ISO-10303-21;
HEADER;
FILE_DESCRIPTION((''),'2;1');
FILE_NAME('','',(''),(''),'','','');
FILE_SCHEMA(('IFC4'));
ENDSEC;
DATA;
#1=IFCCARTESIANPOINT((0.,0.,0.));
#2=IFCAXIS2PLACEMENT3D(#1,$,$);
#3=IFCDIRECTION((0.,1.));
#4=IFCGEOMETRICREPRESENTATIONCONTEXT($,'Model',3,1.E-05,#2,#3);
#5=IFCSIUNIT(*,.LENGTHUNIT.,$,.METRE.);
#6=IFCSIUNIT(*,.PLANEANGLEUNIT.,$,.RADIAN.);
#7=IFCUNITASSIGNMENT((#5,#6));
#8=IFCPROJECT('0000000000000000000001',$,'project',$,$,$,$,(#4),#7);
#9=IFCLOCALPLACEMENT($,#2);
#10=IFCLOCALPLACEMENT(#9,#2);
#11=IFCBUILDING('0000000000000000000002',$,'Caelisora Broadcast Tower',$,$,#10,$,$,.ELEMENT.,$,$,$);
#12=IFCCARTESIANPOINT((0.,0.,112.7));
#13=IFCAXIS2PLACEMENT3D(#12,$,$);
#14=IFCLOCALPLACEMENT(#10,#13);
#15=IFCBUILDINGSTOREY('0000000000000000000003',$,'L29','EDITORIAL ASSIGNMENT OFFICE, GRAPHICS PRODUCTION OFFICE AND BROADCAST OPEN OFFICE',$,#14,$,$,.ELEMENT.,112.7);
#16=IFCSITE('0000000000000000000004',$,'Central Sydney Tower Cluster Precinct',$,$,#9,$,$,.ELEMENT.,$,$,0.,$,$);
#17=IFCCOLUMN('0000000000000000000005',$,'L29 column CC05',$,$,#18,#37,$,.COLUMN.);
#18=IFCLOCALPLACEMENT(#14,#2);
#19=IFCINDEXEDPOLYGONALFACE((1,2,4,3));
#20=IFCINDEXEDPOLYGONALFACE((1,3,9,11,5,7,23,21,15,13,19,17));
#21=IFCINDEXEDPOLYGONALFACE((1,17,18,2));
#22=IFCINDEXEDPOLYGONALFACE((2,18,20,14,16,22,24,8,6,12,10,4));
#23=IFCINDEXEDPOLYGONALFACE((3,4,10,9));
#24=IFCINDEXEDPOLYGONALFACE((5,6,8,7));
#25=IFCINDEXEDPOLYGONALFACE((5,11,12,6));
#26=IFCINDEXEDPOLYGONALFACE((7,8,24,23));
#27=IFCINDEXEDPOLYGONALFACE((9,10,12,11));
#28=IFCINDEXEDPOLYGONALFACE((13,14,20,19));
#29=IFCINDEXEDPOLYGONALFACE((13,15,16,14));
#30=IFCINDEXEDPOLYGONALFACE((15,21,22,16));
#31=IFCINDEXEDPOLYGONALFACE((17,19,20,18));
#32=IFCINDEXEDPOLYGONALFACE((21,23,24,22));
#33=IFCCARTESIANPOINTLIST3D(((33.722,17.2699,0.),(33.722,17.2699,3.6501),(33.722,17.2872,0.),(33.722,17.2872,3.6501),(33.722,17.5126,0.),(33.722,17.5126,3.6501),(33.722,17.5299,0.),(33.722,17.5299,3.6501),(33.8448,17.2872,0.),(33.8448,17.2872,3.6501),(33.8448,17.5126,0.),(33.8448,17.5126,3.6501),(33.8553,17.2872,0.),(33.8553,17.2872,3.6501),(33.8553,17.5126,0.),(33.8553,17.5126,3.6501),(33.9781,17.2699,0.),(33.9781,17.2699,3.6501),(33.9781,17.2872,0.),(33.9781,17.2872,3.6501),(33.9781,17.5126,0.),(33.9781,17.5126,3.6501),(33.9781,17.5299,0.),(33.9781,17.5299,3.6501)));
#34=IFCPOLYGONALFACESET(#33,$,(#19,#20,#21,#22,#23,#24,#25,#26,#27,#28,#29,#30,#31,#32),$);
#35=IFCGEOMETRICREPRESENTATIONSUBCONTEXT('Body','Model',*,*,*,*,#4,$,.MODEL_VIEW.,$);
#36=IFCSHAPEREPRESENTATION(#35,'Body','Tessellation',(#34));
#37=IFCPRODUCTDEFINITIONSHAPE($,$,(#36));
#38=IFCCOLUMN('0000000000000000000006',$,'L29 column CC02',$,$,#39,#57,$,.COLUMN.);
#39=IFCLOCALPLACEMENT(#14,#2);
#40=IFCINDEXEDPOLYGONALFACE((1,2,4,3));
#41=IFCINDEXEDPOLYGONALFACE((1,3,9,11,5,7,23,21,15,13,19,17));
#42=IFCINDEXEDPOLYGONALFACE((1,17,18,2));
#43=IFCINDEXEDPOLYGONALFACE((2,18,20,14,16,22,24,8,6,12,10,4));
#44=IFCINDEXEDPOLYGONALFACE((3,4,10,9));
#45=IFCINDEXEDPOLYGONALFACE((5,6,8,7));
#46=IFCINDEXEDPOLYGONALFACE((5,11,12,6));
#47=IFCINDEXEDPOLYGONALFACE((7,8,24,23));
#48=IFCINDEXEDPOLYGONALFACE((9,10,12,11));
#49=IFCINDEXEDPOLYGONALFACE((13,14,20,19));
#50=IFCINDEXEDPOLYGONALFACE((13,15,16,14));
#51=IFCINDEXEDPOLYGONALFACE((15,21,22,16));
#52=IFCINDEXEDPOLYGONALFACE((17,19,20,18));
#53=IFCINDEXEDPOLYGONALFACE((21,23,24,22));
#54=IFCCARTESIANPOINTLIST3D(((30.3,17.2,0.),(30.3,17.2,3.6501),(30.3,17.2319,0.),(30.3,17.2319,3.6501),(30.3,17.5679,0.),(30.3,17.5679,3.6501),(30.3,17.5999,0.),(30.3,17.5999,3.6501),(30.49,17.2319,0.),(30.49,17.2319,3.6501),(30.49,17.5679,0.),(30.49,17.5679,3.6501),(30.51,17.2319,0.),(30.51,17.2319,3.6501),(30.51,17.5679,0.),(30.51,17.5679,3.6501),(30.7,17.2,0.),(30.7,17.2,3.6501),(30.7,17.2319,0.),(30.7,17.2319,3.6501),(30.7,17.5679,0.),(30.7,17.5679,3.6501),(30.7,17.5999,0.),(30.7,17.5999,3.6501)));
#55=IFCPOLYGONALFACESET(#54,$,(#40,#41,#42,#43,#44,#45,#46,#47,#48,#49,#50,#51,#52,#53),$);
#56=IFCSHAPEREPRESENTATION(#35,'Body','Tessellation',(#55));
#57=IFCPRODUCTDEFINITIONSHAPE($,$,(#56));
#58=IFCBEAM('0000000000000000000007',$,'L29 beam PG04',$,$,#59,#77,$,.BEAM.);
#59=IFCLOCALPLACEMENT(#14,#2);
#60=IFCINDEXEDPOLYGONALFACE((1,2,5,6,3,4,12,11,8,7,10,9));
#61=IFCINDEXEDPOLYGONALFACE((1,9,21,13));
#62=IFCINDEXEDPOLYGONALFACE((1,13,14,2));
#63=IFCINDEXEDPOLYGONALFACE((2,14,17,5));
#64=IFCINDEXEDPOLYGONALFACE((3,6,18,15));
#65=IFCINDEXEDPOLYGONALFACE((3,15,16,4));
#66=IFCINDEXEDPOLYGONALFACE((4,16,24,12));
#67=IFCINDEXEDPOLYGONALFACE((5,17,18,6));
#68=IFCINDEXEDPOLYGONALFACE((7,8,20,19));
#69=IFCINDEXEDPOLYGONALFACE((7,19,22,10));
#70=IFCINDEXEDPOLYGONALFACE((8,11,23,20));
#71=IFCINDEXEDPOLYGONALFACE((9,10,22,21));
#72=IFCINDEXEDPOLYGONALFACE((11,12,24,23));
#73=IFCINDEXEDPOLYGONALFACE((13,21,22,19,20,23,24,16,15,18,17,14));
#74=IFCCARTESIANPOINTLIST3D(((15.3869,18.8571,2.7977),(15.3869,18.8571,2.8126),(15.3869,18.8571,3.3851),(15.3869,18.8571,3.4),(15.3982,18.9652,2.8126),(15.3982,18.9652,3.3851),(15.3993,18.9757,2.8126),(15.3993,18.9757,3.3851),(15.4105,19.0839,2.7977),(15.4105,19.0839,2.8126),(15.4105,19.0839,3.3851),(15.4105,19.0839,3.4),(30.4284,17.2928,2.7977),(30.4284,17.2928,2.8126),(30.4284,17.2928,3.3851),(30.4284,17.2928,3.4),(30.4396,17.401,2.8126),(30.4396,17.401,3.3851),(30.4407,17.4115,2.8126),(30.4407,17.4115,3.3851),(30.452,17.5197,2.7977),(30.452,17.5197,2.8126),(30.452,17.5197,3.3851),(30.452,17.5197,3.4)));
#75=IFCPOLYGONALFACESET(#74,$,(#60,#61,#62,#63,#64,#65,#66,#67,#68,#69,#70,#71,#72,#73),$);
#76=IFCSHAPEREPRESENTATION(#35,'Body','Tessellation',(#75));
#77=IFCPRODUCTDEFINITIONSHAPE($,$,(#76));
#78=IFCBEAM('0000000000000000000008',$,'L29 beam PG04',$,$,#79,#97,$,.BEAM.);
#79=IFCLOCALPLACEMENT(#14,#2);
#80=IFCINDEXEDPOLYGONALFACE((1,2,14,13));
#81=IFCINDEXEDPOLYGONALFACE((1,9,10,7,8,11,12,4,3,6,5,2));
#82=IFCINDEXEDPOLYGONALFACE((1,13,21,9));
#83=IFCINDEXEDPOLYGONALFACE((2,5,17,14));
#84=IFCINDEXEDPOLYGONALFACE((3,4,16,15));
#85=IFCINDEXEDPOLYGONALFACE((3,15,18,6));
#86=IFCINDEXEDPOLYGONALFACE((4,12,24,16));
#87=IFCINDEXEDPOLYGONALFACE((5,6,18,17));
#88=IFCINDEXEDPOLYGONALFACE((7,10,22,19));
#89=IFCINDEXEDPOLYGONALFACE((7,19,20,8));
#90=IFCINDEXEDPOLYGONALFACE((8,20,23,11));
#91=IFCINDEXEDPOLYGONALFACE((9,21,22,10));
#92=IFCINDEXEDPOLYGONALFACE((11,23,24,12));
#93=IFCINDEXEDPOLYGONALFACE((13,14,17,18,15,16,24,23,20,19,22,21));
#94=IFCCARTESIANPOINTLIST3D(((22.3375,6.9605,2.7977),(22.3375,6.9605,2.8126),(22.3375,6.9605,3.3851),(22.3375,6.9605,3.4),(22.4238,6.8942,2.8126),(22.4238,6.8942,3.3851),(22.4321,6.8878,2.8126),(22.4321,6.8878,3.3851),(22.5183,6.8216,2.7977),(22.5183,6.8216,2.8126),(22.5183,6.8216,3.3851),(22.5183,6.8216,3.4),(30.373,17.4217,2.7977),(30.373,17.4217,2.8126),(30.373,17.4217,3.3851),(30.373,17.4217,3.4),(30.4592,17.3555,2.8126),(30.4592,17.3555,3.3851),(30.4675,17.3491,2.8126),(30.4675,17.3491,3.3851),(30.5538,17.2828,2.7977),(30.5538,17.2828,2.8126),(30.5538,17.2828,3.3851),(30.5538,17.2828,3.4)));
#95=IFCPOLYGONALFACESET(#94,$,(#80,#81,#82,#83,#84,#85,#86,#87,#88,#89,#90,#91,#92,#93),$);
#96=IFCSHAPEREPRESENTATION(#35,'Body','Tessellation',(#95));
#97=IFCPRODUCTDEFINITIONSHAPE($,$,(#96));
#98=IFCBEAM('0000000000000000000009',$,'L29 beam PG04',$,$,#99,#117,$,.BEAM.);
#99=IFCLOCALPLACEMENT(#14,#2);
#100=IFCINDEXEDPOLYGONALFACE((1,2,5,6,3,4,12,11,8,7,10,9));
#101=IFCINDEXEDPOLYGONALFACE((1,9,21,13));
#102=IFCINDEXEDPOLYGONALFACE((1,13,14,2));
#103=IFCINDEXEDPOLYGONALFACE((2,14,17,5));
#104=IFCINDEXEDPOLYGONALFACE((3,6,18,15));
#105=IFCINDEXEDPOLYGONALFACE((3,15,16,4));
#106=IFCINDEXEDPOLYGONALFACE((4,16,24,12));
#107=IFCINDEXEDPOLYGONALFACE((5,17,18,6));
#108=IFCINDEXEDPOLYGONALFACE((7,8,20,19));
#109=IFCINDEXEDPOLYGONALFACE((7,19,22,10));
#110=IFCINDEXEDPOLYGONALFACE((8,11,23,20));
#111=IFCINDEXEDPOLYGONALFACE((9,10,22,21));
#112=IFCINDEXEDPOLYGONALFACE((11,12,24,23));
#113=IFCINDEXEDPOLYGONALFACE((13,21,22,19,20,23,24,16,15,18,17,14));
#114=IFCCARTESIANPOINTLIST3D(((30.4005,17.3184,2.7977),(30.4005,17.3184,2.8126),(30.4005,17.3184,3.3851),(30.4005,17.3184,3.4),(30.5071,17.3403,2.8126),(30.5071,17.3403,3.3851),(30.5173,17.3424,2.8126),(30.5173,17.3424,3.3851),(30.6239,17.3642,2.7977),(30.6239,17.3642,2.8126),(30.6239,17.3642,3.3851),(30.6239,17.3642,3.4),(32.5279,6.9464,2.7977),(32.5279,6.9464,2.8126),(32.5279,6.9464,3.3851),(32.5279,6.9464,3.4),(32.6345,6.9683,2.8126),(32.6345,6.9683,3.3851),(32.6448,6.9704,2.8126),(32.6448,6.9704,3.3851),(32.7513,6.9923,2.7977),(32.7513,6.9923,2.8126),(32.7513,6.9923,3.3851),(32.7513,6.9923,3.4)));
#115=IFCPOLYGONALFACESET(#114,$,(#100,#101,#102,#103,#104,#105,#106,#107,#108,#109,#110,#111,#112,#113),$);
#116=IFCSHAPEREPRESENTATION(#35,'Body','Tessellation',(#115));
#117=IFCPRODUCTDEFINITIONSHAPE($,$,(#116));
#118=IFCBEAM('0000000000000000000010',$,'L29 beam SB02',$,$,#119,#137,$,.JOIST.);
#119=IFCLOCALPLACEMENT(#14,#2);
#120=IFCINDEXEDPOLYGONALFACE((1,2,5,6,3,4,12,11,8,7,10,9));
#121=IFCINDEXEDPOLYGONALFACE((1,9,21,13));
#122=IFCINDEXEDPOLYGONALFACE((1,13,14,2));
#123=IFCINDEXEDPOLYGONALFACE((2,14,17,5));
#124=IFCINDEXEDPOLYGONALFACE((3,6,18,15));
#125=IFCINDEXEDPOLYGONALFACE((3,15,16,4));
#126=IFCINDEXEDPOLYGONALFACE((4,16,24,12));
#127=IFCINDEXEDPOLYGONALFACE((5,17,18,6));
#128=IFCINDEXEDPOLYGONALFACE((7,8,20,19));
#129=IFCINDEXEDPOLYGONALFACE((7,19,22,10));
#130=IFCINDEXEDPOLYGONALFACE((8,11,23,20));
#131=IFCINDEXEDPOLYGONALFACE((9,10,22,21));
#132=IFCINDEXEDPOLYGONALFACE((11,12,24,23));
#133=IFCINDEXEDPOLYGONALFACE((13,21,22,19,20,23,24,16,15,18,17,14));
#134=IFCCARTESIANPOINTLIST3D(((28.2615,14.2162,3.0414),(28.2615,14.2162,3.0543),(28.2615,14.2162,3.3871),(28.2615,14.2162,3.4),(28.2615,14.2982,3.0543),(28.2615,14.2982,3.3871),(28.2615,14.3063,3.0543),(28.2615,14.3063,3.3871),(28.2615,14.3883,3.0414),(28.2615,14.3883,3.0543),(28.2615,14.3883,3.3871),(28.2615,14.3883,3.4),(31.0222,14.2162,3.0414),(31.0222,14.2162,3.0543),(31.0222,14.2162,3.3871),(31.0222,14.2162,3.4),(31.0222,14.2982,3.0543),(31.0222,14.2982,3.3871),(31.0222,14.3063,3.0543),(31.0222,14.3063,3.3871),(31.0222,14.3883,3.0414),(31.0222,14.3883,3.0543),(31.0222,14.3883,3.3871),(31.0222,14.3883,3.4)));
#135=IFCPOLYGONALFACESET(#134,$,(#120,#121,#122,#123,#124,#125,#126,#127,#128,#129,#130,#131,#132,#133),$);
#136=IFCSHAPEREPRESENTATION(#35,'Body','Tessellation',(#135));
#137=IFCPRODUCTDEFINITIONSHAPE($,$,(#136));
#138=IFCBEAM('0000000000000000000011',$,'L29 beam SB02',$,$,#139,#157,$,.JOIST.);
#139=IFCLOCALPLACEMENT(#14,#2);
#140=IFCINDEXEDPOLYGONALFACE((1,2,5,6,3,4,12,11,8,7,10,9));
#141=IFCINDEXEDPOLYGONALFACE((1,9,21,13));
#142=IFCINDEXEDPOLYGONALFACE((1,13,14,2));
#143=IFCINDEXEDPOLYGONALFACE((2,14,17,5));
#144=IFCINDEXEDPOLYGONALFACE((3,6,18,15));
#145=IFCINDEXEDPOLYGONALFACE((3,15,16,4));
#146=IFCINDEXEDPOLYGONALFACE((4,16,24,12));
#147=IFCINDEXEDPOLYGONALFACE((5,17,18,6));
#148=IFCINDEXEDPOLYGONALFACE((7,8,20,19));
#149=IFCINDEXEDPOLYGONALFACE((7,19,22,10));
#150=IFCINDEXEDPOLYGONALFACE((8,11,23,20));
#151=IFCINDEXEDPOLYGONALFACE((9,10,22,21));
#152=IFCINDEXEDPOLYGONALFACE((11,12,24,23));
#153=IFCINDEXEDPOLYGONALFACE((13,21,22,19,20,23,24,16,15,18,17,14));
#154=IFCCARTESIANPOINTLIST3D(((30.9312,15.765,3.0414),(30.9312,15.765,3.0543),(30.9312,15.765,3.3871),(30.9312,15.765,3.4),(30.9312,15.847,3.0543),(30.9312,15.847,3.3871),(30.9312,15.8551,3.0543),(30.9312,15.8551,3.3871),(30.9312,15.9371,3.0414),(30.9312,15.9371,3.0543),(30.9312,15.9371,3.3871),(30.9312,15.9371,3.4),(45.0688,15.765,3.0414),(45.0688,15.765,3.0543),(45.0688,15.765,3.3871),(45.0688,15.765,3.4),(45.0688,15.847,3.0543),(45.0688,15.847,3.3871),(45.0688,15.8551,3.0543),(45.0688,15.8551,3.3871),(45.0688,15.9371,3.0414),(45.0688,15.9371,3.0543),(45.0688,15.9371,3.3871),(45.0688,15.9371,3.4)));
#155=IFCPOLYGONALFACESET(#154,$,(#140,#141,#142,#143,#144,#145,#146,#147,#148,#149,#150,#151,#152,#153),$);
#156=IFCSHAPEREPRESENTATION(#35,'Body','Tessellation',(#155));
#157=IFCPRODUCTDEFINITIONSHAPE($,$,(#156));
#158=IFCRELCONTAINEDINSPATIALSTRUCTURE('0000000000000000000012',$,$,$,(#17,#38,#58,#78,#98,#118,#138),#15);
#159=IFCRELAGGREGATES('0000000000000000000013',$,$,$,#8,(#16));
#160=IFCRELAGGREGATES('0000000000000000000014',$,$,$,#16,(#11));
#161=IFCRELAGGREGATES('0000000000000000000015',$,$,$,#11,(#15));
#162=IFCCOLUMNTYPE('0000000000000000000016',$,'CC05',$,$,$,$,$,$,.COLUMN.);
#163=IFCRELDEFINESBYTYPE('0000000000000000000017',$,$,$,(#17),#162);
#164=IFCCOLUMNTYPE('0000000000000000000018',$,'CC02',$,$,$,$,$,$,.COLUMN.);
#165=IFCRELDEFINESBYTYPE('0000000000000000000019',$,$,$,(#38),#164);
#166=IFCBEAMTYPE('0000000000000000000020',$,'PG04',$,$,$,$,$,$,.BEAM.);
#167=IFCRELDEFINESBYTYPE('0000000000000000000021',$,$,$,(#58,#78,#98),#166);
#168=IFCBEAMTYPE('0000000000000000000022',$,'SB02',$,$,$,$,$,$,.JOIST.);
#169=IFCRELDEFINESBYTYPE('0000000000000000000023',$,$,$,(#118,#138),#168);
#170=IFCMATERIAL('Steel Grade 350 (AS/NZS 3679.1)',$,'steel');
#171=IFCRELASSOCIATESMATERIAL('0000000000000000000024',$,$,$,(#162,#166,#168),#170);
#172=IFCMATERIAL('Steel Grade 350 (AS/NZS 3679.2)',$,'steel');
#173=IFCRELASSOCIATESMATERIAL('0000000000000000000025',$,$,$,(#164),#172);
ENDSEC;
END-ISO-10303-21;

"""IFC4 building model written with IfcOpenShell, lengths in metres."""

from ifc_helpers import new_model, si_unit, direction, frame, origin, origin_2d, place, context, subcontext, project, spatial, i_section, extrude, source, transform, mapped, material, material_profile, profile_set, type_object, type_shapes, element, save


model = new_model("IFC4")

# Units and contexts
model_context = context("Model", 3, precision=1e-05, world=origin(), true_north=direction((0.0, 1.0)))
body_context = subcontext(model_context, "Body", "Model", "MODEL_VIEW")
ifc_project = project(units=[si_unit("LENGTHUNIT", "METRE"), si_unit("PLANEANGLEUNIT", "RADIAN")], contexts=[model_context])

# Site, building, storey
site_placement = place(None, origin())
site = spatial("IfcSite", under=ifc_project, at=site_placement, Name="Central Sydney Tower Cluster Precinct", CompositionType="ELEMENT", RefElevation=0.0)
building_placement = place(site_placement, origin())
building = spatial("IfcBuilding", under=site, at=building_placement, Name="Caelisora Broadcast Tower", CompositionType="ELEMENT")
storey_placement = place(building_placement, frame((0.0, 0.0, 112.7)))
storey = spatial("IfcBuildingStorey", under=building, at=storey_placement, Name="L29", Description="EDITORIAL ASSIGNMENT OFFICE, GRAPHICS PRODUCTION OFFICE AND BROADCAST OPEN OFFICE", CompositionType="ELEMENT", Elevation=112.7)

# Columns
ifc_material_1 = material(Name="Steel Grade 350 (AS/NZS 3679.1)", Category="steel")
ifc_material_profile_1 = material_profile(ifc_material_1, i_section(OverallWidth=0.2561, OverallDepth=0.26, WebThickness=0.0105, FlangeThickness=0.0173, at=origin_2d()), Name="Steel Grade 350 (AS/NZS 3679.1)")
ifc_profile_set_1 = profile_set([ifc_material_profile_1], Name="Steel Grade 350 (AS/NZS 3679.1)")
column_type_1 = type_object("IfcColumnType", Name="CC05", PredefinedType="COLUMN", material=ifc_profile_set_1)
shared_shape_1 = source(origin(), body_context, "Body", "SweptSolid", [
    extrude(i_section(OverallWidth=0.2561, OverallDepth=0.26, WebThickness=0.0105, FlangeThickness=0.0173, at=origin_2d()), origin(), (0.0, 0.0, 1.0), 3.6501),
])
type_shapes(column_type_1, [shared_shape_1])
column_1_placement = place(storey_placement, frame((33.8501, 17.3999, 0.0), z_axis=(0.0, 0.0, 1.0), x_axis=(1.0, 0.0, 0.0)))
element("IfcColumn", 1, at=column_1_placement, inside=storey, type_object=column_type_1, Name="L29 column CC05", PredefinedType="COLUMN", context=body_context, shape_type="MappedRepresentation", body=[
    mapped(shared_shape_1, transform((0.0, 0.0, 0.0), scale=1.0)),
])
ifc_material_2 = material(Name="Steel Grade 350 (AS/NZS 3679.2)", Category="steel")
ifc_material_profile_2 = material_profile(ifc_material_2, i_section(OverallWidth=0.3999, OverallDepth=0.3999, WebThickness=0.02, FlangeThickness=0.032, at=origin_2d()), Name="Steel Grade 350 (AS/NZS 3679.2)")
ifc_profile_set_2 = profile_set([ifc_material_profile_2], Name="Steel Grade 350 (AS/NZS 3679.2)")
column_type_2 = type_object("IfcColumnType", Name="CC02", PredefinedType="COLUMN", material=ifc_profile_set_2)
shared_shape_2 = source(origin(), body_context, "Body", "SweptSolid", [
    extrude(i_section(OverallWidth=0.3999, OverallDepth=0.3999, WebThickness=0.02, FlangeThickness=0.032, at=origin_2d()), origin(), (0.0, 0.0, 1.0), 3.6501),
])
type_shapes(column_type_2, [shared_shape_2])
column_2_placement = place(storey_placement, frame((30.5, 17.3999, 0.0), z_axis=(0.0, 0.0, 1.0), x_axis=(1.0, 0.0, 0.0)))
element("IfcColumn", 2, at=column_2_placement, inside=storey, type_object=column_type_2, Name="L29 column CC02", PredefinedType="COLUMN", context=body_context, shape_type="MappedRepresentation", body=[
    mapped(shared_shape_2, transform((0.0, 0.0, 0.0), scale=1.0)),
])

# Beams
ifc_material_profile_3 = material_profile(ifc_material_1, i_section(OverallWidth=0.228, OverallDepth=0.6023, WebThickness=0.0105, FlangeThickness=0.0149, at=origin_2d()), Name="Steel Grade 350 (AS/NZS 3679.1)")
ifc_profile_set_3 = profile_set([ifc_material_profile_3], Name="Steel Grade 350 (AS/NZS 3679.1)")
beam_type_1 = type_object("IfcBeamType", Name="PG04", PredefinedType="BEAM", material=ifc_profile_set_3)
shared_shape_3 = source(origin(), body_context, "Body", "SweptSolid", [
    extrude(i_section(OverallWidth=0.228, OverallDepth=0.6023, WebThickness=0.0105, FlangeThickness=0.0149, at=origin_2d()), origin(), (0.0, 0.0, 1.0), 15.1226),
])
beam_1_placement = place(storey_placement, frame((30.4402, 17.4062, 3.0989), z_axis=(-0.994636, 0.103435, 0.0), x_axis=(-0.103435, -0.994636, 0.0)))
element("IfcBeam", 3, at=beam_1_placement, inside=storey, type_object=beam_type_1, Name="L29 beam PG04", PredefinedType="BEAM", context=body_context, shape_type="MappedRepresentation", body=[
    mapped(shared_shape_3, transform((0.0, 0.0, 0.0), scale=1.0)),
])
shared_shape_4 = source(origin(), body_context, "Body", "SweptSolid", [
    extrude(i_section(OverallWidth=0.228, OverallDepth=0.6023, WebThickness=0.0105, FlangeThickness=0.0149, at=origin_2d()), origin(), (0.0, 0.0, 1.0), 13.1912),
])
beam_2_placement = place(storey_placement, frame((30.4634, 17.3523, 3.0989), z_axis=(-0.609155, -0.793051, 0.0), x_axis=(0.793051, -0.609155, 0.0)))
element("IfcBeam", 4, at=beam_2_placement, inside=storey, type_object=beam_type_1, Name="L29 beam PG04", PredefinedType="BEAM", context=body_context, shape_type="MappedRepresentation", body=[
    mapped(shared_shape_4, transform((0.0, 0.0, 0.0), scale=1.0)),
])
shared_shape_5 = source(origin(), body_context, "Body", "SweptSolid", [
    extrude(i_section(OverallWidth=0.228, OverallDepth=0.6023, WebThickness=0.0105, FlangeThickness=0.0149, at=origin_2d()), origin(), (0.0, 0.0, 1.0), 10.5879),
])
type_shapes(beam_type_1, [shared_shape_3, shared_shape_4, shared_shape_5])
beam_3_placement = place(storey_placement, frame((30.5122, 17.3413, 3.0989), z_axis=(0.200929, -0.979606, 0.0), x_axis=(0.979606, 0.200929, 0.0)))
element("IfcBeam", 5, at=beam_3_placement, inside=storey, type_object=beam_type_1, Name="L29 beam PG04", PredefinedType="BEAM", context=body_context, shape_type="MappedRepresentation", body=[
    mapped(shared_shape_5, transform((0.0, 0.0, 0.0), scale=1.0)),
])
ifc_material_profile_4 = material_profile(ifc_material_1, i_section(OverallWidth=0.1721, OverallDepth=0.3586, WebThickness=0.0081, FlangeThickness=0.0129, at=origin_2d()), Name="Steel Grade 350 (AS/NZS 3679.1)")
ifc_profile_set_4 = profile_set([ifc_material_profile_4], Name="Steel Grade 350 (AS/NZS 3679.1)")
beam_type_2 = type_object("IfcBeamType", Name="SB02", PredefinedType="JOIST", material=ifc_profile_set_4)
shared_shape_6 = source(origin(), body_context, "Body", "SweptSolid", [
    extrude(i_section(OverallWidth=0.1721, OverallDepth=0.3586, WebThickness=0.0081, FlangeThickness=0.0129, at=origin_2d()), origin(), (0.0, 0.0, 1.0), 2.7607),
])
beam_4_placement = place(storey_placement, frame((28.2615, 14.3022, 3.2207), z_axis=(1.0, 0.0, 0.0), x_axis=(0.0, 1.0, 0.0)))
element("IfcBeam", 6, at=beam_4_placement, inside=storey, type_object=beam_type_2, Name="L29 beam SB02", PredefinedType="JOIST", context=body_context, shape_type="MappedRepresentation", body=[
    mapped(shared_shape_6, transform((0.0, 0.0, 0.0), scale=1.0)),
])
shared_shape_7 = source(origin(), body_context, "Body", "SweptSolid", [
    extrude(i_section(OverallWidth=0.1721, OverallDepth=0.3586, WebThickness=0.0081, FlangeThickness=0.0129, at=origin_2d()), origin(), (0.0, 0.0, 1.0), 14.1377),
])
beam_5_placement = place(storey_placement, frame((30.9312, 15.8511, 3.2207), z_axis=(1.0, 0.0, 0.0), x_axis=(0.0, 1.0, 0.0)))
element("IfcBeam", 7, at=beam_5_placement, inside=storey, type_object=beam_type_2, Name="L29 beam SB02", PredefinedType="JOIST", context=body_context, shape_type="MappedRepresentation", body=[
    mapped(shared_shape_7, transform((0.0, 0.0, 0.0), scale=1.0)),
])

save(model, "model.ifc")
